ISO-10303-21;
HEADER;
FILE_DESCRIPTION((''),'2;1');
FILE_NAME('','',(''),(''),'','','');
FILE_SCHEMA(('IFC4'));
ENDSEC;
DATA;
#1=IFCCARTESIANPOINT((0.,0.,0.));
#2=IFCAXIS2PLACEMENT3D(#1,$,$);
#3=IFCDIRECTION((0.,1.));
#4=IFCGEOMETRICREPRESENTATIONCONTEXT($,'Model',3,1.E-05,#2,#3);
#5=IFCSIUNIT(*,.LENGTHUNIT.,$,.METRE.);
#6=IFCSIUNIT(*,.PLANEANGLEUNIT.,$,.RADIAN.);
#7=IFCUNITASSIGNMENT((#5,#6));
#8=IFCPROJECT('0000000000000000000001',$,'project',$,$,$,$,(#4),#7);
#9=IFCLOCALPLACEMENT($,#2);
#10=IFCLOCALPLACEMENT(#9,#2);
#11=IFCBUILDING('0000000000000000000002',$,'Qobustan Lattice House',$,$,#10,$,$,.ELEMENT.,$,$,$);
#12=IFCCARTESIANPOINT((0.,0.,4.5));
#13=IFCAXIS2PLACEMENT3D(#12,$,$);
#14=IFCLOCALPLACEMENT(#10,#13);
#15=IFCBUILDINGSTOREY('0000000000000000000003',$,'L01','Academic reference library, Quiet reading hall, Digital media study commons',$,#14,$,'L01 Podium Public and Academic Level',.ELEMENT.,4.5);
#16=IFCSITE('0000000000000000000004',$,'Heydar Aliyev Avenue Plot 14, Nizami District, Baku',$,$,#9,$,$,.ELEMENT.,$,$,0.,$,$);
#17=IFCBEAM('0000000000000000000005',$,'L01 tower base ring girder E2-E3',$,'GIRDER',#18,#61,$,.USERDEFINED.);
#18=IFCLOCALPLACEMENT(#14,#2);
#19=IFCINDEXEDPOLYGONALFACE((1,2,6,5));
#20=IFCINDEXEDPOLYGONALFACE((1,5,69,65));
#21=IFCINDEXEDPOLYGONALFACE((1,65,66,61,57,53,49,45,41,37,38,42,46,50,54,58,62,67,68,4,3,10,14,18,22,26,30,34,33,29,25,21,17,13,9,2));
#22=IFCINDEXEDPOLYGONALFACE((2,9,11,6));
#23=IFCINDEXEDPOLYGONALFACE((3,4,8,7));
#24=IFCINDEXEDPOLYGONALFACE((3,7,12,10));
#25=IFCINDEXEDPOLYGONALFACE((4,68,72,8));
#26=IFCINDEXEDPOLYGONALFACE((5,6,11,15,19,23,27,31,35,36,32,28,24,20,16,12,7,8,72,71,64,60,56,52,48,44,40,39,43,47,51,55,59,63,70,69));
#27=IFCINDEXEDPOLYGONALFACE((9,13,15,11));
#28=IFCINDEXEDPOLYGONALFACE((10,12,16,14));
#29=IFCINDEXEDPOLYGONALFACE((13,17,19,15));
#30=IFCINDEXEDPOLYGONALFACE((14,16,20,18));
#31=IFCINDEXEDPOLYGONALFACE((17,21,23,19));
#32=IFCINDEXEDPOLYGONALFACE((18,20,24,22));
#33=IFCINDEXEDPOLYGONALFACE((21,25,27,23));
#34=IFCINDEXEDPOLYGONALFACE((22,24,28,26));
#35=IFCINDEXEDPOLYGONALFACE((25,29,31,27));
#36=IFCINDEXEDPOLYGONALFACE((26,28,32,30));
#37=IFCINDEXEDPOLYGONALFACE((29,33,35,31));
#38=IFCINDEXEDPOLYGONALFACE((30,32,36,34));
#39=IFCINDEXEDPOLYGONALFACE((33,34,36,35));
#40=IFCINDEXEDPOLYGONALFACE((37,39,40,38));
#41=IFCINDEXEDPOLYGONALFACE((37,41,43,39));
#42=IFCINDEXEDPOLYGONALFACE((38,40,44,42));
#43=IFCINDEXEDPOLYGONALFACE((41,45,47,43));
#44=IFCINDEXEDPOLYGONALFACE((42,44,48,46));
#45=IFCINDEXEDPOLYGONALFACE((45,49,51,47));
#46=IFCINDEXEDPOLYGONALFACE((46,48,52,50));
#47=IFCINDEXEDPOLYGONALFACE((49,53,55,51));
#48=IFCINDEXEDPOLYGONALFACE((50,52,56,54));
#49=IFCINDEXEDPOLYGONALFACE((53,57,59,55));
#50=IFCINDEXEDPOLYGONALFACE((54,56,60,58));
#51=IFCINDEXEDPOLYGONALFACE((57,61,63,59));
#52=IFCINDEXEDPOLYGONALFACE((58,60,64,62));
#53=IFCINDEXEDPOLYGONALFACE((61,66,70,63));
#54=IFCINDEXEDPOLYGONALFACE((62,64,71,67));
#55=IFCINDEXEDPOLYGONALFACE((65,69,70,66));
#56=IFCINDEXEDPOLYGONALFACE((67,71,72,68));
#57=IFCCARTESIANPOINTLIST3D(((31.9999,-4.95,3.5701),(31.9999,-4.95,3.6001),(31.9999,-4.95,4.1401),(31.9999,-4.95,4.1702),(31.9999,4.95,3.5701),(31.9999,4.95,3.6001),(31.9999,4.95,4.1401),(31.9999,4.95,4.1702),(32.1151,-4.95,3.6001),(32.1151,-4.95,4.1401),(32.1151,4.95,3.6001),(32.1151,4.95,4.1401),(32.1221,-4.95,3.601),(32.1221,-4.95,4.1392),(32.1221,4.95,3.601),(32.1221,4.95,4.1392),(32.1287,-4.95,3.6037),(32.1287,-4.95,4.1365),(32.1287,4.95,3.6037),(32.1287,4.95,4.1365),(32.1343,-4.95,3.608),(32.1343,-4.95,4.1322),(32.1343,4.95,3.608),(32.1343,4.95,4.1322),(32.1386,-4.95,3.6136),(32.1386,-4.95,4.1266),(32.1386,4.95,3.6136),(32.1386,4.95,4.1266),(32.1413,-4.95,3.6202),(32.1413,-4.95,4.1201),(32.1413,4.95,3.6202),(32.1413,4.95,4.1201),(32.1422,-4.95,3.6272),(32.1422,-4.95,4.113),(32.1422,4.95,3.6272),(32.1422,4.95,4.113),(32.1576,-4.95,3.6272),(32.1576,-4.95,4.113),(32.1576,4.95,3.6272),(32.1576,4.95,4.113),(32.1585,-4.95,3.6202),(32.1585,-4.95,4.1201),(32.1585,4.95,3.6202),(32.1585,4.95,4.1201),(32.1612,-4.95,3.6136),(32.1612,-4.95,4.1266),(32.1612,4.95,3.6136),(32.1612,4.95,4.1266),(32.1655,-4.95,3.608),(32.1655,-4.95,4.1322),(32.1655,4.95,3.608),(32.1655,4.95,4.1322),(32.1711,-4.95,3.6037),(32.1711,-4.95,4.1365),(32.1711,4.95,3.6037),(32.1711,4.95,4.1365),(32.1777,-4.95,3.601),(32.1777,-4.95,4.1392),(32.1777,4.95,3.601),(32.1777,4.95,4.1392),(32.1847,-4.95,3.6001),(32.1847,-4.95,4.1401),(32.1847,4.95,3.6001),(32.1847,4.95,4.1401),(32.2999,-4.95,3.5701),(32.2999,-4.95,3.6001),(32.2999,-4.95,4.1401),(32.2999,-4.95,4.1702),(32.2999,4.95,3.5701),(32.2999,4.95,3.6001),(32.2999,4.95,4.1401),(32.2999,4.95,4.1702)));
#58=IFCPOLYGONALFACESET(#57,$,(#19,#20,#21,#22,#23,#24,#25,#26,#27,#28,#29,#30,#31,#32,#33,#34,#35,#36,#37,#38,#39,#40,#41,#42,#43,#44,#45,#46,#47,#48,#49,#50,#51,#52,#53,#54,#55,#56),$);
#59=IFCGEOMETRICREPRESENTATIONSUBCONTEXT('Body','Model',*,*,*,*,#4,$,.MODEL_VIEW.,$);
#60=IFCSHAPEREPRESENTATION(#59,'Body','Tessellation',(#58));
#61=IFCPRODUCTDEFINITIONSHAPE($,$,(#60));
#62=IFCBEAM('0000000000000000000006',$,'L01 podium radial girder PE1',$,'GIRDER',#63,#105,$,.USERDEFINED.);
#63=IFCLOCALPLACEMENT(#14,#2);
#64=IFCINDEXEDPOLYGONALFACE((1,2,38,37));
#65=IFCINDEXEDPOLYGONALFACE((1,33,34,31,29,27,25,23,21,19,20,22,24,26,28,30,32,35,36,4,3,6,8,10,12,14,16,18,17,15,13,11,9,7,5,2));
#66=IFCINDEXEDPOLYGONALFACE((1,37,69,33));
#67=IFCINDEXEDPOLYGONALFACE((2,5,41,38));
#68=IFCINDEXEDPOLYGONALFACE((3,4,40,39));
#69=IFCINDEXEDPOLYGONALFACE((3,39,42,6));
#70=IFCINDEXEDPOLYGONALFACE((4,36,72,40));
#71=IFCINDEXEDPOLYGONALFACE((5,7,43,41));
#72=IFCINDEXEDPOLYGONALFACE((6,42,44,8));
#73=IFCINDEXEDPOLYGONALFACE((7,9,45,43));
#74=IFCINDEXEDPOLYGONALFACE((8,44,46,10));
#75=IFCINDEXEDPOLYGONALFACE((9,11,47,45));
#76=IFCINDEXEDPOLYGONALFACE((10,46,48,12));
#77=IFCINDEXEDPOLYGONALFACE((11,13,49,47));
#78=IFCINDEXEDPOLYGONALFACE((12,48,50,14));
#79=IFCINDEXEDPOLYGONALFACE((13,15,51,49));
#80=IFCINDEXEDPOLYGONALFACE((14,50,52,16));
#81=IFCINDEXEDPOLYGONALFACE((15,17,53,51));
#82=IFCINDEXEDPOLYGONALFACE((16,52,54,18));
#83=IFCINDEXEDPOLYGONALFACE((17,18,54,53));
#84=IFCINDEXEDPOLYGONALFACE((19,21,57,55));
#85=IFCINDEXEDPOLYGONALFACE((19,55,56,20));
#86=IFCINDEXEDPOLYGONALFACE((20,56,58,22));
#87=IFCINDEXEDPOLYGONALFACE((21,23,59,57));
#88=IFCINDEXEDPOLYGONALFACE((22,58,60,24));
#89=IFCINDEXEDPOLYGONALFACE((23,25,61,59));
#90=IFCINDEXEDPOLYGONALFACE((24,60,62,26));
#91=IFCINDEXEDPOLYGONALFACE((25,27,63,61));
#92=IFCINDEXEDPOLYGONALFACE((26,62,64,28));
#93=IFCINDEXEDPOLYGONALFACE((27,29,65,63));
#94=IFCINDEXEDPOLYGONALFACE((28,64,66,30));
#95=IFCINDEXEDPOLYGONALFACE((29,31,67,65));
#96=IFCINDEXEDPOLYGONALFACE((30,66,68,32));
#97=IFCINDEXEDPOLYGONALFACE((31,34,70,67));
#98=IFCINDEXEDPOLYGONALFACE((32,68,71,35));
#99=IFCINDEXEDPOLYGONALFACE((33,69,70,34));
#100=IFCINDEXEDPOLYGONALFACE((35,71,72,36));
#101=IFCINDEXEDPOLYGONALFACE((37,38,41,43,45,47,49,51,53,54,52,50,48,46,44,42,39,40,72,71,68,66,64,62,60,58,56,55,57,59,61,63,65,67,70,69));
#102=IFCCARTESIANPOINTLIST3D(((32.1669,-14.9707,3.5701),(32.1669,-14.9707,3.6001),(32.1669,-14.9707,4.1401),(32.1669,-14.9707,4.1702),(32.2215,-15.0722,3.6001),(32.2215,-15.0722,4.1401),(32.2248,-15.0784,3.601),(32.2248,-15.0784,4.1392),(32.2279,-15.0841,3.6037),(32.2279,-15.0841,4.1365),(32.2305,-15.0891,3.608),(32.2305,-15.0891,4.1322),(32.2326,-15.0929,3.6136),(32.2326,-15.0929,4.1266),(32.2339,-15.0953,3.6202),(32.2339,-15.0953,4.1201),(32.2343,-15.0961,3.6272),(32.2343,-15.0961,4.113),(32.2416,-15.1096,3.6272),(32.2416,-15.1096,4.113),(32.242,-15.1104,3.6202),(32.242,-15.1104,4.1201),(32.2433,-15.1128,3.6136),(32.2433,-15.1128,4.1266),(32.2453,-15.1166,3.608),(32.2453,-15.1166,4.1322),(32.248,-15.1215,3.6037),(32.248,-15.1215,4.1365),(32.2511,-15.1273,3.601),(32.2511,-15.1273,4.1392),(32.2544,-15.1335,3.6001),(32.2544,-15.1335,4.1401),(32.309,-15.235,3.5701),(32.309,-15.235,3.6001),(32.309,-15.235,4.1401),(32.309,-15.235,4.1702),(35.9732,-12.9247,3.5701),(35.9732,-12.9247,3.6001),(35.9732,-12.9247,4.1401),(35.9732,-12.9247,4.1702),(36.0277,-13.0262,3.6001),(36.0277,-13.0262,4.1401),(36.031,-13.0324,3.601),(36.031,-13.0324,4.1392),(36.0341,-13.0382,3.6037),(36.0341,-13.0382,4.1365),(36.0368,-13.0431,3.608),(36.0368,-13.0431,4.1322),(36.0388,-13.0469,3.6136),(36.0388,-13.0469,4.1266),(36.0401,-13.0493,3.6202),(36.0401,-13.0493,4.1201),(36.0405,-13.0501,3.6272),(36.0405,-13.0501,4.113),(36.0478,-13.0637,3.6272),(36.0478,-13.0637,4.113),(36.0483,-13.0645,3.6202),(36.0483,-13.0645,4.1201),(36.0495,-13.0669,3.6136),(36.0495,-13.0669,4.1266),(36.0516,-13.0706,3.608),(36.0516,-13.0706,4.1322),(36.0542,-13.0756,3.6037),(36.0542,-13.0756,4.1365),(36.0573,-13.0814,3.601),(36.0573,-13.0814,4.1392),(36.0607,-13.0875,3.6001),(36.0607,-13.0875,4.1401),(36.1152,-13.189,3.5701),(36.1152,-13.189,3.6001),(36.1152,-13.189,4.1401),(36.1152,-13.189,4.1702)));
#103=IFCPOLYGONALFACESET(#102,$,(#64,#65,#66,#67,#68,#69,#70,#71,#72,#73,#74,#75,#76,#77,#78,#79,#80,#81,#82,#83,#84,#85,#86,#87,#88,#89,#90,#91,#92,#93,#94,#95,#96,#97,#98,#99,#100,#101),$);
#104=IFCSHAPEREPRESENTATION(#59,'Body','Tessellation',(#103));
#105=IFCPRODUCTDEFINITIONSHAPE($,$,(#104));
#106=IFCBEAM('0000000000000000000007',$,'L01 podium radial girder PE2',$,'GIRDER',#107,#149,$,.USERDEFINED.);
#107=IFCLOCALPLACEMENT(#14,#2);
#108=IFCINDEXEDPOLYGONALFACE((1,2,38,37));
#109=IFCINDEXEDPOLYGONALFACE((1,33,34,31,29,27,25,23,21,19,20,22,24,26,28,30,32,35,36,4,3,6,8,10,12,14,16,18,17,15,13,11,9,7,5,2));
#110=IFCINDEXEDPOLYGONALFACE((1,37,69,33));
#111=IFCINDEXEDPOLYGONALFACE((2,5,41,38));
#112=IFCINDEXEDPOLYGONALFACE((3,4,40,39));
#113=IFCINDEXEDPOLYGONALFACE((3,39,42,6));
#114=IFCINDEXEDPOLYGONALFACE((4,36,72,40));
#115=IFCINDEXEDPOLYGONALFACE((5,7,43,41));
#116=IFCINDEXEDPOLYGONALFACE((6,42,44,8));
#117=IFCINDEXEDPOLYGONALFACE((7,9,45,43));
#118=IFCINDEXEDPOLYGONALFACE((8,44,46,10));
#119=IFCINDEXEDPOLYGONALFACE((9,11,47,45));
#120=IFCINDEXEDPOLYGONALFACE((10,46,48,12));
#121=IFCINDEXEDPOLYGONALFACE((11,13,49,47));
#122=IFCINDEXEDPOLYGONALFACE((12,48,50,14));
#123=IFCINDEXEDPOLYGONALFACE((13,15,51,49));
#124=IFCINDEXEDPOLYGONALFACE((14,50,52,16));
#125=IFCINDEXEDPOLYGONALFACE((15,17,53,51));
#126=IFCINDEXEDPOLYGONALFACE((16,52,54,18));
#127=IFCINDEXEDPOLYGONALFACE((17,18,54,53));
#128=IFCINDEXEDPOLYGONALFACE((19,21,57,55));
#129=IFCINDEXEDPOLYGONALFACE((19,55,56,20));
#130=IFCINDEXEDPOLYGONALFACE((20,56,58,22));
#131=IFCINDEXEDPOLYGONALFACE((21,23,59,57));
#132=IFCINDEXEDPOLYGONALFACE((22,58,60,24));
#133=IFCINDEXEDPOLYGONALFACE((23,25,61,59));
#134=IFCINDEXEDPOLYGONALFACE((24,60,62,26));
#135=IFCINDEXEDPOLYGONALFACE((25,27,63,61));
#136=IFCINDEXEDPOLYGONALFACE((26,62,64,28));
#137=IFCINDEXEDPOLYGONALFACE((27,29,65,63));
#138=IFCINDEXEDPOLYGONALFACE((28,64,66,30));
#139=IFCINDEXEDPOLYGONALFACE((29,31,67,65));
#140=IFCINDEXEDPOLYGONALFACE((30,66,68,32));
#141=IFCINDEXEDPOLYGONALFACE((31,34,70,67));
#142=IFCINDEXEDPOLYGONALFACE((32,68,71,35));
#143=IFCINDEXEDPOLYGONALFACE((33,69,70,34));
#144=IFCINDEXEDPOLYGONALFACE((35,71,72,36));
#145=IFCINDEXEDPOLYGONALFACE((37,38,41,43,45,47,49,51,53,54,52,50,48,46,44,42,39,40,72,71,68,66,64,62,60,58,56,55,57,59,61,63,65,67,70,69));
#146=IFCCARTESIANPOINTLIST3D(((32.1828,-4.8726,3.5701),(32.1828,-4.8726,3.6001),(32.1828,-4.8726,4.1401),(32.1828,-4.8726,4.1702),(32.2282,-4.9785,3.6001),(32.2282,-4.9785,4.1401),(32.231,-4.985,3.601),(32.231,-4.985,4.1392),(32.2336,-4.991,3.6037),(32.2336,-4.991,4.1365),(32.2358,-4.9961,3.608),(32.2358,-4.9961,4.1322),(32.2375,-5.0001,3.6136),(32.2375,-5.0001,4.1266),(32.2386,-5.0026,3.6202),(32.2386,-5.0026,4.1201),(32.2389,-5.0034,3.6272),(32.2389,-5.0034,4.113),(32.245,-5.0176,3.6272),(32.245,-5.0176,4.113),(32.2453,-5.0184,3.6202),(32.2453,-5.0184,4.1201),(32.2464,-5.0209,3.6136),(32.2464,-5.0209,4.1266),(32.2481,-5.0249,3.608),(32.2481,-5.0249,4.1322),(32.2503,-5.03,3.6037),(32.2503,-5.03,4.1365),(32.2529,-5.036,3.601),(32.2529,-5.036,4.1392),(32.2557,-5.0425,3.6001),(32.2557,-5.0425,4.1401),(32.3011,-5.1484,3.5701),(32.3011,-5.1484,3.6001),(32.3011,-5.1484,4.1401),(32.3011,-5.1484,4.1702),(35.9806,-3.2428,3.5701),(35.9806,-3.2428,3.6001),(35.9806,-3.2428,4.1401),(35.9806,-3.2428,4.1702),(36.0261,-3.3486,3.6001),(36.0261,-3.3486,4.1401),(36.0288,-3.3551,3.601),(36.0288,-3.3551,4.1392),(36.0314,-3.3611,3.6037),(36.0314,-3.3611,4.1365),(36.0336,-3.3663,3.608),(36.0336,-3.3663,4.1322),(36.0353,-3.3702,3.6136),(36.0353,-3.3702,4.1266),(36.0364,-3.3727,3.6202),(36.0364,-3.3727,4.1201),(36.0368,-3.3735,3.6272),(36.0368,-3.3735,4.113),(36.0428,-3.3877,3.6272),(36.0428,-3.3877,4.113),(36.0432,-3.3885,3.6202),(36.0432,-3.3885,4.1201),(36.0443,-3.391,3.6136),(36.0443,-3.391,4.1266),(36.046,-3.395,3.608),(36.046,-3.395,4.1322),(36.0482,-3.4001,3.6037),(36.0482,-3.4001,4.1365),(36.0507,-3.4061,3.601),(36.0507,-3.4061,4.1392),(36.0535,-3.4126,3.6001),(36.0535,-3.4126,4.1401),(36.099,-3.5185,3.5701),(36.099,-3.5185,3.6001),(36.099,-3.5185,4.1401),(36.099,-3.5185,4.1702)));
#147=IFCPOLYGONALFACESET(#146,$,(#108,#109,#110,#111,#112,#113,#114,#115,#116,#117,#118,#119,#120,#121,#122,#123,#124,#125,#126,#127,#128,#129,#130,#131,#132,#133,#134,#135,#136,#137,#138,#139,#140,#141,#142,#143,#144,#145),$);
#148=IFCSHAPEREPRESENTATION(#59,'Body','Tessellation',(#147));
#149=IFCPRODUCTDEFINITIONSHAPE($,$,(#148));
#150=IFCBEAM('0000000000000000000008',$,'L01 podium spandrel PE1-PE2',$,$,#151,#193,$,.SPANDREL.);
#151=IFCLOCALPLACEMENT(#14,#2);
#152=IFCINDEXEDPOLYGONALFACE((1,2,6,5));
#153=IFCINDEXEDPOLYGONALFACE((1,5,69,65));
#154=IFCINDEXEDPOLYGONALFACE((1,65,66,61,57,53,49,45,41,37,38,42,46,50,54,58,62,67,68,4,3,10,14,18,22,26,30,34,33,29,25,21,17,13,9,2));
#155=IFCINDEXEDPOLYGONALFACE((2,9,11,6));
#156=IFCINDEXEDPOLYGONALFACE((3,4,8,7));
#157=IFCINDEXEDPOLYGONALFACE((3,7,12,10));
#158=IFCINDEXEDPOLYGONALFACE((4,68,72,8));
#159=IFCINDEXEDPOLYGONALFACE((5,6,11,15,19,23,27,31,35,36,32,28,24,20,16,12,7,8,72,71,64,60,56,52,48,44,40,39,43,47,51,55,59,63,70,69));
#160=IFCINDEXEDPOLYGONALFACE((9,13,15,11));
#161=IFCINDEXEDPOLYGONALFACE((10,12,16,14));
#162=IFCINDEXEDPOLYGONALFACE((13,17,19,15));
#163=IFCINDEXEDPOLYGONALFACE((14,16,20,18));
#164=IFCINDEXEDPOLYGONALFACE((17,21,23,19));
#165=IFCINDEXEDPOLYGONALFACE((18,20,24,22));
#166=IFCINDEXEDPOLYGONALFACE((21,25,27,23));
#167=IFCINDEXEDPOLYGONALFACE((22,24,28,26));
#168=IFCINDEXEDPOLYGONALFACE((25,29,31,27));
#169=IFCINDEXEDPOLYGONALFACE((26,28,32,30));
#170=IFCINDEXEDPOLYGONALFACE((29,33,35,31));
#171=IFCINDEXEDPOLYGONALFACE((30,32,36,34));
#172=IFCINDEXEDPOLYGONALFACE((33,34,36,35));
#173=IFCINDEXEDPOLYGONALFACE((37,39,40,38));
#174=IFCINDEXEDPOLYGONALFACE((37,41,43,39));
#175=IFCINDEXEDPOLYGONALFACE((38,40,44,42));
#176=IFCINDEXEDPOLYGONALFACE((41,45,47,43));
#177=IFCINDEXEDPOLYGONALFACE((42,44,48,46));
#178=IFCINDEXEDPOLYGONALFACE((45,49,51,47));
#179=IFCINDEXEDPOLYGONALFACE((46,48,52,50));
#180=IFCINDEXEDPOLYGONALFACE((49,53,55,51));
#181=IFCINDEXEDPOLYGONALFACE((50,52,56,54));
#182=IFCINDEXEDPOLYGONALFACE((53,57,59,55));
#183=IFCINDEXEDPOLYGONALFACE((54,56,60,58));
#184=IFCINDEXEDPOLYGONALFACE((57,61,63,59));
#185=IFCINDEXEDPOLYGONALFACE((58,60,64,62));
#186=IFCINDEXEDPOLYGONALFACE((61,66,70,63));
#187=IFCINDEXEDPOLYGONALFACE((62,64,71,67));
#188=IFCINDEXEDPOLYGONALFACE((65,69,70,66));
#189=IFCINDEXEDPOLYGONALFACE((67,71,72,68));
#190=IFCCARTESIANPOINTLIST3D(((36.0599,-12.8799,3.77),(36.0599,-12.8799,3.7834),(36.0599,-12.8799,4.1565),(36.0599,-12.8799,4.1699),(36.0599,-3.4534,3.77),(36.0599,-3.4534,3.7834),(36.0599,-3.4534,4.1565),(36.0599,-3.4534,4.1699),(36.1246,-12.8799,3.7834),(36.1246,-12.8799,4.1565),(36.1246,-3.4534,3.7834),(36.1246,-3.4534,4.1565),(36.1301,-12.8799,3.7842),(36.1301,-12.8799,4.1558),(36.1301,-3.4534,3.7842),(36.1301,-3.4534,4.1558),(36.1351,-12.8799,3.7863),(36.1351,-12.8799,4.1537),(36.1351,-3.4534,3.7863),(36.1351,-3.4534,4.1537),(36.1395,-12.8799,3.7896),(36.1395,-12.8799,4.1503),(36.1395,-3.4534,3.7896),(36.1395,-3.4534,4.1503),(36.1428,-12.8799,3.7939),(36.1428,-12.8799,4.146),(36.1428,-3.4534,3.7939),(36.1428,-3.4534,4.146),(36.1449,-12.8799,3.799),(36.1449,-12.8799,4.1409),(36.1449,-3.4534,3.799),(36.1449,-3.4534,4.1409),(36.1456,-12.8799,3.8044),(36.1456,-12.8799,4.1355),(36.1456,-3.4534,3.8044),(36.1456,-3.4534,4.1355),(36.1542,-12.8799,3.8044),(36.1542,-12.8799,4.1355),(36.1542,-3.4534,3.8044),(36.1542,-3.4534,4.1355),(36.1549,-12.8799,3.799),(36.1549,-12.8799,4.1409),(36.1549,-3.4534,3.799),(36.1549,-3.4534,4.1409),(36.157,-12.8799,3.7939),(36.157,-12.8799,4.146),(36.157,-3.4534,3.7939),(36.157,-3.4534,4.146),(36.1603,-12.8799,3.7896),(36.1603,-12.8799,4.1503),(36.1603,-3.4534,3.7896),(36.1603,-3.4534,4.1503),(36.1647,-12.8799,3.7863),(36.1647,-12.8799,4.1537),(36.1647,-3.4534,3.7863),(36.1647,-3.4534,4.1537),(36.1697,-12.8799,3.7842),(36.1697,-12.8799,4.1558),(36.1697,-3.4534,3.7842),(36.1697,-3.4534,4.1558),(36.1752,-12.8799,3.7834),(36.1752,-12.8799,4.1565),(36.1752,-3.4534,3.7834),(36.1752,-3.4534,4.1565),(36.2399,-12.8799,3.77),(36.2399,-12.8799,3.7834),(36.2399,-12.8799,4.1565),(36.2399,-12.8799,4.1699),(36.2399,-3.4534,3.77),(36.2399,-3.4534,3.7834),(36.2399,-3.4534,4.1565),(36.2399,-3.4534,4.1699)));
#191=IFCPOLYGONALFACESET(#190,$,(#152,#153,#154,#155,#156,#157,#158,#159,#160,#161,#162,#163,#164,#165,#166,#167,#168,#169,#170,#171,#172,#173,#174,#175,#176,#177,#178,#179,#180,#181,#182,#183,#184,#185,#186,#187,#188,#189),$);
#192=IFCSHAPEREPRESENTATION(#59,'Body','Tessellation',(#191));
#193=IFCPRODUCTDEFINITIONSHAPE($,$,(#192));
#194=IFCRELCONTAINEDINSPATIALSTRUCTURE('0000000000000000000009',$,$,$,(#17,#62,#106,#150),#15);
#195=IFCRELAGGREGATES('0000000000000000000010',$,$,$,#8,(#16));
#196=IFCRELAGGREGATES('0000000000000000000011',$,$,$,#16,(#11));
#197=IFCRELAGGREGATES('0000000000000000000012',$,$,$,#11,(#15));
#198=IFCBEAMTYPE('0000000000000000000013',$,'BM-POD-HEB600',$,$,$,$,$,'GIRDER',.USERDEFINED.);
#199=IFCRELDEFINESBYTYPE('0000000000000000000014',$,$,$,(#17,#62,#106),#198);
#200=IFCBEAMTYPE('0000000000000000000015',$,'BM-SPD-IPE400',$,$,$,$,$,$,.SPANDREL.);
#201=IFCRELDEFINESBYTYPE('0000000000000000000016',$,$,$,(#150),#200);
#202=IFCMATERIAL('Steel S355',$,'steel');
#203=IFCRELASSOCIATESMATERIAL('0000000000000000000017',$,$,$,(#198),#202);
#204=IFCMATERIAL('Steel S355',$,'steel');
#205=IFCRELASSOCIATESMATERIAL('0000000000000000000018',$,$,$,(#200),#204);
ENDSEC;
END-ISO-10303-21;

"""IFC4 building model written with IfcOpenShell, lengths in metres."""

from ifc_helpers import new_model, si_unit, direction, frame, origin, origin_2d, place, context, subcontext, project, spatial, i_section, extrude, material, material_profile, profile_set, type_object, element, save


model = new_model("IFC4")

# Units and contexts
model_context = context("Model", 3, precision=1e-05, world=origin(), true_north=direction((0.0, 1.0)))
body_context = subcontext(model_context, "Body", "Model", "MODEL_VIEW")
ifc_project = project(units=[si_unit("LENGTHUNIT", "METRE"), si_unit("PLANEANGLEUNIT", "RADIAN")], contexts=[model_context])

# Site, building, storey
site_placement = place(None, origin())
site = spatial("IfcSite", under=ifc_project, at=site_placement, Name="Heydar Aliyev Avenue Plot 14, Nizami District, Baku", CompositionType="ELEMENT", RefElevation=0.0)
building_placement = place(site_placement, origin())
building = spatial("IfcBuilding", under=site, at=building_placement, Name="Qobustan Lattice House", CompositionType="ELEMENT")
storey_placement = place(building_placement, frame((0.0, 0.0, 4.5)))
storey = spatial("IfcBuildingStorey", under=building, at=storey_placement, Name="L01", Description="Academic reference library, Quiet reading hall, Digital media study commons", LongName="L01 Podium Public and Academic Level", CompositionType="ELEMENT", Elevation=4.5)

# Beams
ifc_material_1 = material(Name="Steel S355", Category="steel")
ifc_material_profile_1 = material_profile(ifc_material_1, i_section(OverallWidth=0.3, OverallDepth=0.6001, WebThickness=0.0154, FlangeThickness=0.03, FilletRadius=0.0271, at=origin_2d()), Name="HEB600")
ifc_profile_set_1 = profile_set([ifc_material_profile_1], Name="Steel S355")
beam_type_1 = type_object("IfcBeamType", Name="BM-POD-HEB600", ElementType="GIRDER", PredefinedType="USERDEFINED", material=ifc_profile_set_1)
beam_1_placement = place(storey_placement, frame((32.1499, -4.95, 3.8701), z_axis=(0.0, 1.0, 0.0), x_axis=(-1.0, 0.0, 0.0)))
element("IfcBeam", 1, at=beam_1_placement, inside=storey, type_object=beam_type_1, Name="L01 tower base ring girder E2-E3", ObjectType="GIRDER", PredefinedType="USERDEFINED", context=body_context, shape_type="SweptSolid", body=[
    extrude(i_section(OverallWidth=0.3, OverallDepth=0.6001, WebThickness=0.0154, FlangeThickness=0.03, FilletRadius=0.0271, at=origin_2d()), origin(), (0.0, 0.0, 1.0), 9.8999),
])
beam_2_placement = place(storey_placement, frame((36.0442, -13.0569, 3.8701), z_axis=(-0.880816, -0.47346, 0.0), x_axis=(0.47346, -0.880816, 0.0)))
element("IfcBeam", 2, at=beam_2_placement, inside=storey, type_object=beam_type_1, Name="L01 podium radial girder PE1", ObjectType="GIRDER", PredefinedType="USERDEFINED", context=body_context, shape_type="SweptSolid", body=[
    extrude(i_section(OverallWidth=0.3, OverallDepth=0.6001, WebThickness=0.0154, FlangeThickness=0.03, FilletRadius=0.0271, at=origin_2d()), origin(), (0.0, 0.0, 1.0), 4.3213),
])
beam_3_placement = place(storey_placement, frame((36.0398, -3.3806, 3.8701), z_axis=(-0.918949, -0.394376, 0.0), x_axis=(0.394376, -0.918949, 0.0)))
element("IfcBeam", 3, at=beam_3_placement, inside=storey, type_object=beam_type_1, Name="L01 podium radial girder PE2", ObjectType="GIRDER", PredefinedType="USERDEFINED", context=body_context, shape_type="SweptSolid", body=[
    extrude(i_section(OverallWidth=0.3, OverallDepth=0.6001, WebThickness=0.0154, FlangeThickness=0.03, FilletRadius=0.0271, at=origin_2d()), origin(), (0.0, 0.0, 1.0), 4.1328),
])
ifc_material_2 = material(Name="Steel S355", Category="steel")
ifc_material_profile_2 = material_profile(ifc_material_2, i_section(OverallWidth=0.1799, OverallDepth=0.3999, WebThickness=0.0085, FlangeThickness=0.0134, FilletRadius=0.021, at=origin_2d()), Name="IPE400")
ifc_profile_set_2 = profile_set([ifc_material_profile_2], Name="Steel S355")
beam_type_2 = type_object("IfcBeamType", Name="BM-SPD-IPE400", PredefinedType="SPANDREL", material=ifc_profile_set_2)
beam_4_placement = place(storey_placement, frame((36.1499, -12.8799, 3.97), z_axis=(0.0, 1.0, 0.0), x_axis=(-1.0, 0.0, 0.0)))
element("IfcBeam", 4, at=beam_4_placement, inside=storey, type_object=beam_type_2, Name="L01 podium spandrel PE1-PE2", PredefinedType="SPANDREL", context=body_context, shape_type="SweptSolid", body=[
    extrude(i_section(OverallWidth=0.1799, OverallDepth=0.3999, WebThickness=0.0085, FlangeThickness=0.0134, FilletRadius=0.021, at=origin_2d()), origin(), (0.0, 0.0, 1.0), 9.4265),
])

save(model, "model.ifc")
